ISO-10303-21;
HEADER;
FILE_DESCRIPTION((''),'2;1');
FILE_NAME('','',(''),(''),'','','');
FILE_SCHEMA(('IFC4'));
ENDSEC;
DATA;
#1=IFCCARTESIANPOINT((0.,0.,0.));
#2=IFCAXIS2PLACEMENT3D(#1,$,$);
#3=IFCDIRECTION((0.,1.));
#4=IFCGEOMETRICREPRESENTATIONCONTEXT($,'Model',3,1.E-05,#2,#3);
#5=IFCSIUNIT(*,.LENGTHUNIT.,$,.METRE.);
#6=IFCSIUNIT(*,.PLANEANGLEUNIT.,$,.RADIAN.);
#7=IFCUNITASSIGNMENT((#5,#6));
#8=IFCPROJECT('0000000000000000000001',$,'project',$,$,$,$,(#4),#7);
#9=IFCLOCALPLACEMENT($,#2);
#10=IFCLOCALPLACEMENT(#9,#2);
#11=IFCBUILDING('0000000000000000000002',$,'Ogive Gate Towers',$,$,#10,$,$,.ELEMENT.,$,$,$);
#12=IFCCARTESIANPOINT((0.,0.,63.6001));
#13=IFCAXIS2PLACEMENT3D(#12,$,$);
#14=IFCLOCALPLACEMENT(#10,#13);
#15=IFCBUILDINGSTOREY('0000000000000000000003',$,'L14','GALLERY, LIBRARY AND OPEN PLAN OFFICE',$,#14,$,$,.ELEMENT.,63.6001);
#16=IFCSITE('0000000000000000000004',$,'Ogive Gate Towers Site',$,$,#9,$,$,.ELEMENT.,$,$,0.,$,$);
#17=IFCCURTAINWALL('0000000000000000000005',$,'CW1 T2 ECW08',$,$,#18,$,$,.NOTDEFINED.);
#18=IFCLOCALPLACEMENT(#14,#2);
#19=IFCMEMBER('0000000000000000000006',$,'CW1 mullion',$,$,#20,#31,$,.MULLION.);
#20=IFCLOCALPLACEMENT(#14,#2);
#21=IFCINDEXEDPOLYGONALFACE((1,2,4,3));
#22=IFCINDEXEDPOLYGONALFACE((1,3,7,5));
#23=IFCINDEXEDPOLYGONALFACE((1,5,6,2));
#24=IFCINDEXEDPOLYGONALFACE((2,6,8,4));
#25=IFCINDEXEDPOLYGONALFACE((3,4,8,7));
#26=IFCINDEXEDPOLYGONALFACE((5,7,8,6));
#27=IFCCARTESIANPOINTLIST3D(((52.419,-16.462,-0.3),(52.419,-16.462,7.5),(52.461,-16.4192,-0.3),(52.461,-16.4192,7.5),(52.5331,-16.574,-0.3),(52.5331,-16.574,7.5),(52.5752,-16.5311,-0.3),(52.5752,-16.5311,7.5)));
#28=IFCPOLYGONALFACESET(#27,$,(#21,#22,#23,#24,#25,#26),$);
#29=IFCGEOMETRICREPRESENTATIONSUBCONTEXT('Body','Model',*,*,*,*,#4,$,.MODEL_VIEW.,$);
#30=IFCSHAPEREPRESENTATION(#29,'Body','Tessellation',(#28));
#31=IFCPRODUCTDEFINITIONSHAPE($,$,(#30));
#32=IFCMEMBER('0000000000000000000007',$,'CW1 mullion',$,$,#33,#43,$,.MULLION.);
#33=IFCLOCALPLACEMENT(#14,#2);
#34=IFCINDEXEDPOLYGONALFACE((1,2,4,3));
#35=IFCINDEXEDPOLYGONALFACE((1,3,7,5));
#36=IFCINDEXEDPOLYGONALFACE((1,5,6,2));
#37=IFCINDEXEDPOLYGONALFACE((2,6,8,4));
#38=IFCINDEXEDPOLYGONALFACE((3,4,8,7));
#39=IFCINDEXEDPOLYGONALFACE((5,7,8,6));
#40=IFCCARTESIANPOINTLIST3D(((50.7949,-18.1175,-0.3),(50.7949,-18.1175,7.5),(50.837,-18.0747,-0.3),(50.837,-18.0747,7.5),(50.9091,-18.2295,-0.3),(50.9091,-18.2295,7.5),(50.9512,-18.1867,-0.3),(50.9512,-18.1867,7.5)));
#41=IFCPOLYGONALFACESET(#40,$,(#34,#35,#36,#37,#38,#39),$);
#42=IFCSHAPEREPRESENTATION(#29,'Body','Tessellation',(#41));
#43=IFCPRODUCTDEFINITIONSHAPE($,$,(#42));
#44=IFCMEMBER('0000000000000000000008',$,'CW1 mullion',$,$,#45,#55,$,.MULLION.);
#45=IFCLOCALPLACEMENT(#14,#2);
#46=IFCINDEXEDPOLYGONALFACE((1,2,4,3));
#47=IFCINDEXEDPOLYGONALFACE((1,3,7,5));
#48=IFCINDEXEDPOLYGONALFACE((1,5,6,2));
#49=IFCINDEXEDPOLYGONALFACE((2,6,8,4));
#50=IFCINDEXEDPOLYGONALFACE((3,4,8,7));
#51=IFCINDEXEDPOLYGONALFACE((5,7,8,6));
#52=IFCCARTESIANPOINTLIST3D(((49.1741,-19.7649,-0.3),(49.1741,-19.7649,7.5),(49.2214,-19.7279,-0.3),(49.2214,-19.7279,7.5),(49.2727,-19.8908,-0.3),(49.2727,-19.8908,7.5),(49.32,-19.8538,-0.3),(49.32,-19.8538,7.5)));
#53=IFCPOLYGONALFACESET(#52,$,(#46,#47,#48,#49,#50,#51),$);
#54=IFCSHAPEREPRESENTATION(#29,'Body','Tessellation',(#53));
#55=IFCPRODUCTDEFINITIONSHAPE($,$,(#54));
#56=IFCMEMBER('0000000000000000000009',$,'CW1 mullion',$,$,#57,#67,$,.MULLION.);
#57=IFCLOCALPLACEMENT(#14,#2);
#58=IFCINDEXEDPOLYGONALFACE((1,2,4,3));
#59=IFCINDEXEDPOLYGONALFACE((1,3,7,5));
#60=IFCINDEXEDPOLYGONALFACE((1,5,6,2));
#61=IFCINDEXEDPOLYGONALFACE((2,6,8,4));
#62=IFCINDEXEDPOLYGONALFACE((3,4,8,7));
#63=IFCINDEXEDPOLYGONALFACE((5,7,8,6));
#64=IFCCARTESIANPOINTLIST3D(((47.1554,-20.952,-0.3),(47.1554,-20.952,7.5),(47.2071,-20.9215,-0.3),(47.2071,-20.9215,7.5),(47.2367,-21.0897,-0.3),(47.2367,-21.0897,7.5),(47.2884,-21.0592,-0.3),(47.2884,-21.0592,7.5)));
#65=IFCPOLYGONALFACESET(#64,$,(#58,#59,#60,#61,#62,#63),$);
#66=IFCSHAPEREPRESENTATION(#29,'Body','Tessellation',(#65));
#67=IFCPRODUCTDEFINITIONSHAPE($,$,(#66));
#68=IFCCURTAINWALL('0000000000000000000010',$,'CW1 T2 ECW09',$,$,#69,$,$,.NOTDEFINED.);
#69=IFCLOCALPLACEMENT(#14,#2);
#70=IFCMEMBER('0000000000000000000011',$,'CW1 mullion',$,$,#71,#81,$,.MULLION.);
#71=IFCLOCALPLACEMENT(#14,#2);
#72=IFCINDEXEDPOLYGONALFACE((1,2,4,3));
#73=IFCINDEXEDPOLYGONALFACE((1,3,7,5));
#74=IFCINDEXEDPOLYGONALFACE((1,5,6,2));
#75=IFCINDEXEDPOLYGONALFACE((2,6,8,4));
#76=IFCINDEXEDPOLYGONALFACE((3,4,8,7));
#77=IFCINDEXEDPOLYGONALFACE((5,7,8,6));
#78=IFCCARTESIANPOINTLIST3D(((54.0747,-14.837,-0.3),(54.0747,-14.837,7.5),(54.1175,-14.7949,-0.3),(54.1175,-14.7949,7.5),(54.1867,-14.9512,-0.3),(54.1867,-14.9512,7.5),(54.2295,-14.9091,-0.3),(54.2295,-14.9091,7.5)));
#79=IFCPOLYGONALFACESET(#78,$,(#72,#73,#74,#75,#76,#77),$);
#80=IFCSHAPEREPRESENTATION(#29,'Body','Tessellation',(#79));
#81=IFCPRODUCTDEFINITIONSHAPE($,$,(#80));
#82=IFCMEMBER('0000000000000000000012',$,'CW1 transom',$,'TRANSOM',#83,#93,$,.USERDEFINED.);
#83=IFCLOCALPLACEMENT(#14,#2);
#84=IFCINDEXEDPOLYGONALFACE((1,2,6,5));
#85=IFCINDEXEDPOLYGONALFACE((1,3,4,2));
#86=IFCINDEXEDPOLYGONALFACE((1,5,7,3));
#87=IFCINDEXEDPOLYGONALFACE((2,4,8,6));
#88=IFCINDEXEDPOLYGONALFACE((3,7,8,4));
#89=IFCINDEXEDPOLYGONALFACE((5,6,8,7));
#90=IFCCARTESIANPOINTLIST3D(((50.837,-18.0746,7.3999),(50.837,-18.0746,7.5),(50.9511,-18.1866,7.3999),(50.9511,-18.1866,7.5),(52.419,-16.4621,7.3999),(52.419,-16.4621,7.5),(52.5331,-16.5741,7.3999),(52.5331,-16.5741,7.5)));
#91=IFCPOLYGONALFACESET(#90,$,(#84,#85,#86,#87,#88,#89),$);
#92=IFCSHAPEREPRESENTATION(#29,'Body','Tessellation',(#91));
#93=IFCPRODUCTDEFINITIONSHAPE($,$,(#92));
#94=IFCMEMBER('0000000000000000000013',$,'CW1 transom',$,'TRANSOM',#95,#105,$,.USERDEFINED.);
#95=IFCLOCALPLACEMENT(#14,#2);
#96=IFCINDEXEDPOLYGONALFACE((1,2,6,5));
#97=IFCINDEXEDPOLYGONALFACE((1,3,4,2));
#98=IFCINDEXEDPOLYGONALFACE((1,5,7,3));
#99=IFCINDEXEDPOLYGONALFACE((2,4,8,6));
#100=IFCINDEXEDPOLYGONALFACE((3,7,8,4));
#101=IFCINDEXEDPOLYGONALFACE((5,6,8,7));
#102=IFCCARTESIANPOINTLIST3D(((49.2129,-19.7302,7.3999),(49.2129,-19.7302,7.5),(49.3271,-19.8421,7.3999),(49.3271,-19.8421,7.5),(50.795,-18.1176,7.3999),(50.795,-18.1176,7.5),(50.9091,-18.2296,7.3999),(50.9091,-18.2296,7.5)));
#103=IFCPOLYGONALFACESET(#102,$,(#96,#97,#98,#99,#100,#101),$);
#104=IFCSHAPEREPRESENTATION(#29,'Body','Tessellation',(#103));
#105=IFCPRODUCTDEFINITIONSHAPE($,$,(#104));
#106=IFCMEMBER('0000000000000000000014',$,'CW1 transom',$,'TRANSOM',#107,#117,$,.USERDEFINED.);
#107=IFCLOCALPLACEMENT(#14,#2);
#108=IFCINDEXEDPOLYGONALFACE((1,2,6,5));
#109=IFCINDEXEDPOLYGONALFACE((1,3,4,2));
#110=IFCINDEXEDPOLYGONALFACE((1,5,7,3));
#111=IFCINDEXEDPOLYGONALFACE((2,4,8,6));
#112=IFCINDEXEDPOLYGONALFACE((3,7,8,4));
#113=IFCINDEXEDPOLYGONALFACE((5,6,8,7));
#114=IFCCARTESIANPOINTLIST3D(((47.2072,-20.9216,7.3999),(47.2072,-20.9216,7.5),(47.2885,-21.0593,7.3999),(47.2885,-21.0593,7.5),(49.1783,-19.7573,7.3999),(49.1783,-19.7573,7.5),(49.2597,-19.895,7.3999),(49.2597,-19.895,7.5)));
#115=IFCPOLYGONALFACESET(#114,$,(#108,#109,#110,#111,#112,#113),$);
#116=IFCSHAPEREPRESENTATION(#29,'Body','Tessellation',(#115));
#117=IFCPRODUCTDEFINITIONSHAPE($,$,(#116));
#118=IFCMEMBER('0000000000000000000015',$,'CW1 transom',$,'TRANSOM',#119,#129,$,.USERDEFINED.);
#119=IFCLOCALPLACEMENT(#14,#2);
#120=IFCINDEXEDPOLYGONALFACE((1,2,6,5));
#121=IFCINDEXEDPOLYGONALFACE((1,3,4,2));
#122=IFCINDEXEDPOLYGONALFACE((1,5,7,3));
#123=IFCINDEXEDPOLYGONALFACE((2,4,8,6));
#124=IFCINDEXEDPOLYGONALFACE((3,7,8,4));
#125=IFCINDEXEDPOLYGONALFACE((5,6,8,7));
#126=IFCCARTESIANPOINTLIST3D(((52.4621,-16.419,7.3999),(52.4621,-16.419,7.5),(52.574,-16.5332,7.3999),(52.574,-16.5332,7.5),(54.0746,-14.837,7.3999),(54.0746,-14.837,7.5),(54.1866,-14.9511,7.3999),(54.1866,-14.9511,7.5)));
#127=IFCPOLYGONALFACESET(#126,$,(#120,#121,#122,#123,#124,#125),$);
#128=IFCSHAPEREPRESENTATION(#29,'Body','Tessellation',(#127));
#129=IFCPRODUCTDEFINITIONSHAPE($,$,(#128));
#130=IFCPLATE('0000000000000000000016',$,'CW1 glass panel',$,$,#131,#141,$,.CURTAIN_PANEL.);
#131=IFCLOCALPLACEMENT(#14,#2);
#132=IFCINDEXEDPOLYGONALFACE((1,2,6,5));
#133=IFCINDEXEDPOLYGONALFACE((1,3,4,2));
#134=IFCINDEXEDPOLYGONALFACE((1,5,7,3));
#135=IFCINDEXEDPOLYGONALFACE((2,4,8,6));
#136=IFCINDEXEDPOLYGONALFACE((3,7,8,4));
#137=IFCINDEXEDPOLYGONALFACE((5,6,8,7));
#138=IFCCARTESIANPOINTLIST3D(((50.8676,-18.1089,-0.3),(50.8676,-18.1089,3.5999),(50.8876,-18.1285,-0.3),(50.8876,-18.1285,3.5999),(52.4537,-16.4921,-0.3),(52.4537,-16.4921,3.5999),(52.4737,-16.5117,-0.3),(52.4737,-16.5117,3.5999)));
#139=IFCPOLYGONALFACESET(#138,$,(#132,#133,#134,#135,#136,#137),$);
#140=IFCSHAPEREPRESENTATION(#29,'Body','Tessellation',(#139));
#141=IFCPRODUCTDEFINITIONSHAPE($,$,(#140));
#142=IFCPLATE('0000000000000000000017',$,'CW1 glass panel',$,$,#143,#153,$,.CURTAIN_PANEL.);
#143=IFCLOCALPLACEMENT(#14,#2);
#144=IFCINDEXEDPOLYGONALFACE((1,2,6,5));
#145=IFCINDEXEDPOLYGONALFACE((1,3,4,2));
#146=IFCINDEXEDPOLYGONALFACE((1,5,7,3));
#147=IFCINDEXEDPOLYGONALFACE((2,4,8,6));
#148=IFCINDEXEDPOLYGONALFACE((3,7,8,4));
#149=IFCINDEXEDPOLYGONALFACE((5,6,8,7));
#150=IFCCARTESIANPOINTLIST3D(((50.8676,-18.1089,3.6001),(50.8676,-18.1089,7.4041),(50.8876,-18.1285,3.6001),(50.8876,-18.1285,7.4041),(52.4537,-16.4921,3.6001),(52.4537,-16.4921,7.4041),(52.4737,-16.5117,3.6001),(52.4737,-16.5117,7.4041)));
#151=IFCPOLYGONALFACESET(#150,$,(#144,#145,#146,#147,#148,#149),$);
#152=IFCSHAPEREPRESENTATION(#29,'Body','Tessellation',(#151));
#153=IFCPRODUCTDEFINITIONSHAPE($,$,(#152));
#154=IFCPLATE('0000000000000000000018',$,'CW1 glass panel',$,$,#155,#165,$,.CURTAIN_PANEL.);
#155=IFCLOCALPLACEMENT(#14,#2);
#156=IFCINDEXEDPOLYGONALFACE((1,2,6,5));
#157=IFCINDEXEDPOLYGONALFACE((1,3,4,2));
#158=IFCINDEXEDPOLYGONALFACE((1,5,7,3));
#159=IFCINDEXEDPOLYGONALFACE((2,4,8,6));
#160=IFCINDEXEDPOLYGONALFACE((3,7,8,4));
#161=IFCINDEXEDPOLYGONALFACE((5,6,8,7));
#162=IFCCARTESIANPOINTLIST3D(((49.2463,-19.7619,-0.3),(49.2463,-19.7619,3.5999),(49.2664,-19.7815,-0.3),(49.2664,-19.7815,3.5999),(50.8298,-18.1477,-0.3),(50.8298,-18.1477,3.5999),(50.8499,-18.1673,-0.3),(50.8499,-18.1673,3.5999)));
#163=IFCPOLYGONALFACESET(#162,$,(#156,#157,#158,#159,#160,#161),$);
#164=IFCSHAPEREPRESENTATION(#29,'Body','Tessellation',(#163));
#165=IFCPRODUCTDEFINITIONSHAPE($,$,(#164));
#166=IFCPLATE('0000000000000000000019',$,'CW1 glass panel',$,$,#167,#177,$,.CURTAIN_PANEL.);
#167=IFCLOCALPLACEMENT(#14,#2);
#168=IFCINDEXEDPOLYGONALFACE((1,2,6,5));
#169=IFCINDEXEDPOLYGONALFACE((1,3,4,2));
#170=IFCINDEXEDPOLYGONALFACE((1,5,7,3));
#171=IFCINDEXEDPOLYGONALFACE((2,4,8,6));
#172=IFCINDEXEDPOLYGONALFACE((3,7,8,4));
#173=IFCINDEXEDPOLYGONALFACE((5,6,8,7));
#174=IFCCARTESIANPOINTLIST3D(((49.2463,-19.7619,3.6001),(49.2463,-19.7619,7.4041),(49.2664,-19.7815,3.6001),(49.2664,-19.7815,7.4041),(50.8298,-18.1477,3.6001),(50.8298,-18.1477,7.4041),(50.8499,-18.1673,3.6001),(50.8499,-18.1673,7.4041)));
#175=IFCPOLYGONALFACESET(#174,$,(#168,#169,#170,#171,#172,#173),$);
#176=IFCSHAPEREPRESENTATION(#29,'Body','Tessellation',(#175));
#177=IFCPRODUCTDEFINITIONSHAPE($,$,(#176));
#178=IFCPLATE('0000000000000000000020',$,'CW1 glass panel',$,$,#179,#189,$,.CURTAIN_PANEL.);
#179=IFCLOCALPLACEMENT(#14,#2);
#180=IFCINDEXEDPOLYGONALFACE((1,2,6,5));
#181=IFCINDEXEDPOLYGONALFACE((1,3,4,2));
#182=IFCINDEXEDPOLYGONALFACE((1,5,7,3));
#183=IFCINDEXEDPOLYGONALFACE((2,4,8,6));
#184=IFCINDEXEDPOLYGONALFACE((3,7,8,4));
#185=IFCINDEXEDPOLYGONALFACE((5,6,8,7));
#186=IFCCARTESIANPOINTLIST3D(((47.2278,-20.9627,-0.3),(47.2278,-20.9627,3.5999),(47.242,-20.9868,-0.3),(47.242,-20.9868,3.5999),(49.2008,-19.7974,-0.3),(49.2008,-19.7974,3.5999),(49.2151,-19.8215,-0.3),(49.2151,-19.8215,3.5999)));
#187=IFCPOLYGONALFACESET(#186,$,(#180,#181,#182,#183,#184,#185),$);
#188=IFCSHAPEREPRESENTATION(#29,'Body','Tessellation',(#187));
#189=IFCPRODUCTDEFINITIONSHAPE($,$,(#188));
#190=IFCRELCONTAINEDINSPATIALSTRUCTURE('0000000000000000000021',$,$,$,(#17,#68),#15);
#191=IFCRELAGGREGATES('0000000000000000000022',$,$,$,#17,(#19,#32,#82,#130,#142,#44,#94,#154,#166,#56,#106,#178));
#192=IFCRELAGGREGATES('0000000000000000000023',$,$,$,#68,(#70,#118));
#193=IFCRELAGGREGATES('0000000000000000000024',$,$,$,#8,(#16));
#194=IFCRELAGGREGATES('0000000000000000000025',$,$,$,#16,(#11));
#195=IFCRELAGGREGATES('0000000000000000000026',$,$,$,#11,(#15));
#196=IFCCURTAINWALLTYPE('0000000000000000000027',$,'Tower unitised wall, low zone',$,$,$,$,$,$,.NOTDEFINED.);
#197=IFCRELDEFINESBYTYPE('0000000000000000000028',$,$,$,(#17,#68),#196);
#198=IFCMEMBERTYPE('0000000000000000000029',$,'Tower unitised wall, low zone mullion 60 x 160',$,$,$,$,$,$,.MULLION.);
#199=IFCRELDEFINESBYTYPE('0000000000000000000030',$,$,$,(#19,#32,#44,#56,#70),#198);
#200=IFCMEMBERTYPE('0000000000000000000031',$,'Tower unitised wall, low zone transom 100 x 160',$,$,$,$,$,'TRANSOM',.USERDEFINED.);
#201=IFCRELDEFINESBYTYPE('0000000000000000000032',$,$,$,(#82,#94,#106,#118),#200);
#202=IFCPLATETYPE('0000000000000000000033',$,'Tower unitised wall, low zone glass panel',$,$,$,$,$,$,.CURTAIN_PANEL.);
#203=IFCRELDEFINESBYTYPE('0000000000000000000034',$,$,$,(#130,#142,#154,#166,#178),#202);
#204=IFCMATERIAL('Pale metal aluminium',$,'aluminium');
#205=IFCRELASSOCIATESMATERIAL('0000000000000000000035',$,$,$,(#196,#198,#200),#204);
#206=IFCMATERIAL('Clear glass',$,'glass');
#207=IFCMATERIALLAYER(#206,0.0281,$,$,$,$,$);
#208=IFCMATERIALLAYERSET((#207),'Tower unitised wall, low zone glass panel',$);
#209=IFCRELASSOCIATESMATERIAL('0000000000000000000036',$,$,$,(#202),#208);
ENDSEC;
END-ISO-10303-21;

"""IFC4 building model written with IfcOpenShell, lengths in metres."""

from ifc_helpers import new_model, si_unit, direction, frame, origin, origin_2d, place, context, subcontext, project, spatial, rectangle, extrude, material, layer, layer_set, material_profile, profile_set, type_object, element, aggregate, save


model = new_model("IFC4")

# Units and contexts
model_context = context("Model", 3, precision=1e-05, world=origin(), true_north=direction((0.0, 1.0)))
body_context = subcontext(model_context, "Body", "Model", "MODEL_VIEW")
ifc_project = project(units=[si_unit("LENGTHUNIT", "METRE"), si_unit("PLANEANGLEUNIT", "RADIAN")], contexts=[model_context])

# Site, building, storey
site_placement = place(None, origin())
site = spatial("IfcSite", under=ifc_project, at=site_placement, Name="Ogive Gate Towers Site", CompositionType="ELEMENT", RefElevation=0.0)
building_placement = place(site_placement, origin())
building = spatial("IfcBuilding", under=site, at=building_placement, Name="Ogive Gate Towers", CompositionType="ELEMENT")
storey_placement = place(building_placement, frame((0.0, 0.0, 63.6001)))
storey = spatial("IfcBuildingStorey", under=building, at=storey_placement, Name="L14", Description="GALLERY, LIBRARY AND OPEN PLAN OFFICE", CompositionType="ELEMENT", Elevation=63.6001)

# Curtain wall, members
ifc_material_1 = material(Name="Pale metal aluminium", Category="aluminium")
curtain_wall_type = type_object("IfcCurtainWallType", Name="Tower unitised wall, low zone", PredefinedType="NOTDEFINED", material=ifc_material_1)
curtain_wall_1_placement = place(storey_placement, origin())
curtain_wall_1 = element("IfcCurtainWall", 1, at=curtain_wall_1_placement, inside=storey, type_object=curtain_wall_type, Name="CW1 T2 ECW08", PredefinedType="NOTDEFINED")
ifc_material_profile_1 = material_profile(ifc_material_1, rectangle(XDim=0.1599, YDim=0.0601, at=origin_2d()), Name="60 x 160 aluminium box")
ifc_profile_set_1 = profile_set([ifc_material_profile_1], Name="Pale metal aluminium")
member_type_1 = type_object("IfcMemberType", Name="Tower unitised wall, low zone mullion 60 x 160", PredefinedType="MULLION", material=ifc_profile_set_1)
member_1_placement = place(storey_placement, frame((52.4971, -16.4966, -0.3), z_axis=(0.0, 0.0, 1.0), x_axis=(-0.71385, 0.700299, 0.0)))
member_1 = element("IfcMember", 2, at=member_1_placement, type_object=member_type_1, Name="CW1 mullion", PredefinedType="MULLION", context=body_context, shape_type="SweptSolid", body=[
    extrude(rectangle(XDim=0.1599, YDim=0.0601, at=origin_2d()), origin(), (0.0, 0.0, 1.0), 7.8),
])
member_2_placement = place(storey_placement, frame((50.873, -18.1521, -0.3), z_axis=(0.0, 0.0, 1.0), x_axis=(-0.71385, 0.700299, 0.0)))
member_2 = element("IfcMember", 3, at=member_2_placement, type_object=member_type_1, Name="CW1 mullion", PredefinedType="MULLION", context=body_context, shape_type="SweptSolid", body=[
    extrude(rectangle(XDim=0.1599, YDim=0.0601, at=origin_2d()), origin(), (0.0, 0.0, 1.0), 7.8),
])
member_3_placement = place(storey_placement, frame((49.2471, -19.8093, -0.3), z_axis=(0.0, 0.0, 1.0), x_axis=(-0.616459, 0.787387, 0.0)))
member_3 = element("IfcMember", 4, at=member_3_placement, type_object=member_type_1, Name="CW1 mullion", PredefinedType="MULLION", context=body_context, shape_type="SweptSolid", body=[
    extrude(rectangle(XDim=0.1599, YDim=0.0601, at=origin_2d()), origin(), (0.0, 0.0, 1.0), 7.8),
])
member_4_placement = place(storey_placement, frame((47.2219, -21.0056, -0.3), z_axis=(0.0, 0.0, 1.0), x_axis=(-0.508546, 0.861035, 0.0)))
member_4 = element("IfcMember", 5, at=member_4_placement, type_object=member_type_1, Name="CW1 mullion", PredefinedType="MULLION", context=body_context, shape_type="SweptSolid", body=[
    extrude(rectangle(XDim=0.1599, YDim=0.0601, at=origin_2d()), origin(), (0.0, 0.0, 1.0), 7.8),
])

# Curtain wall, member
curtain_wall_2_placement = place(storey_placement, origin())
curtain_wall_2 = element("IfcCurtainWall", 6, at=curtain_wall_2_placement, inside=storey, type_object=curtain_wall_type, Name="CW1 T2 ECW09", PredefinedType="NOTDEFINED")
member_5_placement = place(storey_placement, frame((54.1521, -14.873, -0.3), z_axis=(0.0, 0.0, 1.0), x_axis=(-0.700299, 0.71385, 0.0)))
member_5 = element("IfcMember", 7, at=member_5_placement, type_object=member_type_1, Name="CW1 mullion", PredefinedType="MULLION", context=body_context, shape_type="SweptSolid", body=[
    extrude(rectangle(XDim=0.1599, YDim=0.0601, at=origin_2d()), origin(), (0.0, 0.0, 1.0), 7.8),
])

# Members
ifc_material_profile_2 = material_profile(ifc_material_1, rectangle(XDim=0.1599, YDim=0.1001, at=origin_2d()), Name="100 x 160 aluminium box")
ifc_profile_set_2 = profile_set([ifc_material_profile_2], Name="Pale metal aluminium")
member_type_2 = type_object("IfcMemberType", Name="Tower unitised wall, low zone transom 100 x 160", ElementType="TRANSOM", PredefinedType="USERDEFINED", material=ifc_profile_set_2)
member_6_placement = place(storey_placement, frame((52.4761, -16.5181, 7.45), z_axis=(-0.70032, -0.713829, 0.0), x_axis=(0.713829, -0.70032, 0.0)))
member_6 = element("IfcMember", 8, at=member_6_placement, type_object=member_type_2, Name="CW1 transom", ObjectType="TRANSOM", PredefinedType="USERDEFINED", context=body_context, shape_type="SweptSolid", body=[
    extrude(rectangle(XDim=0.1599, YDim=0.1001, at=origin_2d()), origin(), (0.0, 0.0, 1.0), 2.259),
])
member_7_placement = place(storey_placement, frame((50.8521, -18.1736, 7.45), z_axis=(-0.70032, -0.713829, 0.0), x_axis=(0.713829, -0.70032, 0.0)))
member_7 = element("IfcMember", 9, at=member_7_placement, type_object=member_type_2, Name="CW1 transom", ObjectType="TRANSOM", PredefinedType="USERDEFINED", context=body_context, shape_type="SweptSolid", body=[
    extrude(rectangle(XDim=0.1599, YDim=0.1001, at=origin_2d()), origin(), (0.0, 0.0, 1.0), 2.259),
])
member_8_placement = place(storey_placement, frame((49.219, -19.8262, 7.45), z_axis=(-0.86102, -0.508571, 0.0), x_axis=(0.508571, -0.86102, 0.0)))
member_8 = element("IfcMember", 10, at=member_8_placement, type_object=member_type_2, Name="CW1 transom", ObjectType="TRANSOM", PredefinedType="USERDEFINED", context=body_context, shape_type="SweptSolid", body=[
    extrude(rectangle(XDim=0.1599, YDim=0.1001, at=origin_2d()), origin(), (0.0, 0.0, 1.0), 2.2893),
])
member_9_placement = place(storey_placement, frame((54.1306, -14.894, 7.45), z_axis=(-0.713829, -0.70032, 0.0), x_axis=(0.70032, -0.713829, 0.0)))
member_9 = element("IfcMember", 11, at=member_9_placement, type_object=member_type_2, Name="CW1 transom", ObjectType="TRANSOM", PredefinedType="USERDEFINED", context=body_context, shape_type="SweptSolid", body=[
    extrude(rectangle(XDim=0.1599, YDim=0.1001, at=origin_2d()), origin(), (0.0, 0.0, 1.0), 2.259),
])

# Plates
ifc_material_2 = material(Name="Clear glass", Category="glass")
ifc_layer_1 = layer(ifc_material_2, 0.0281)
ifc_layer_set_1 = layer_set([ifc_layer_1], Name="Tower unitised wall, low zone glass panel")
plate_type = type_object("IfcPlateType", Name="Tower unitised wall, low zone glass panel", PredefinedType="CURTAIN_PANEL", material=ifc_layer_set_1)
plate_1_placement = place(storey_placement, frame((51.6707, -17.3103, -0.3), z_axis=(0.0, 0.0, 1.0), x_axis=(-0.700299, -0.71385, 0.0)))
plate_1 = element("IfcPlate", 12, at=plate_1_placement, type_object=plate_type, Name="CW1 glass panel", PredefinedType="CURTAIN_PANEL", context=body_context, shape_type="SweptSolid", body=[
    extrude(rectangle(XDim=2.2649, YDim=0.0281, at=origin_2d()), origin(), (0.0, 0.0, 1.0), 3.8999),
])
plate_2_placement = place(storey_placement, frame((51.6707, -17.3103, 3.6001), z_axis=(0.0, 0.0, 1.0), x_axis=(-0.700299, -0.71385, 0.0)))
plate_2 = element("IfcPlate", 13, at=plate_2_placement, type_object=plate_type, Name="CW1 glass panel", PredefinedType="CURTAIN_PANEL", context=body_context, shape_type="SweptSolid", body=[
    extrude(rectangle(XDim=2.2649, YDim=0.0281, at=origin_2d()), origin(), (0.0, 0.0, 1.0), 3.804),
])
plate_3_placement = place(storey_placement, frame((50.0481, -18.9646, -0.3), z_axis=(0.0, 0.0, 1.0), x_axis=(-0.700287, -0.713862, 0.0)))
plate_3 = element("IfcPlate", 14, at=plate_3_placement, type_object=plate_type, Name="CW1 glass panel", PredefinedType="CURTAIN_PANEL", context=body_context, shape_type="SweptSolid", body=[
    extrude(rectangle(XDim=2.2612, YDim=0.0281, at=origin_2d()), origin(), (0.0, 0.0, 1.0), 3.8999),
])
plate_4_placement = place(storey_placement, frame((50.0481, -18.9646, 3.6001), z_axis=(0.0, 0.0, 1.0), x_axis=(-0.700287, -0.713862, 0.0)))
plate_4 = element("IfcPlate", 15, at=plate_4_placement, type_object=plate_type, Name="CW1 glass panel", PredefinedType="CURTAIN_PANEL", context=body_context, shape_type="SweptSolid", body=[
    extrude(rectangle(XDim=2.2612, YDim=0.0281, at=origin_2d()), origin(), (0.0, 0.0, 1.0), 3.804),
])
plate_5_placement = place(storey_placement, frame((48.2214, -20.3921, -0.3), z_axis=(0.0, 0.0, 1.0), x_axis=(-0.861044, -0.508531, 0.0)))
plate_5 = element("IfcPlate", 16, at=plate_5_placement, type_object=plate_type, Name="CW1 glass panel", PredefinedType="CURTAIN_PANEL", context=body_context, shape_type="SweptSolid", body=[
    extrude(rectangle(XDim=2.2915, YDim=0.0281, at=origin_2d()), origin(), (0.0, 0.0, 1.0), 3.8999),
])
aggregate(curtain_wall_1, [member_1, member_2, member_6, plate_1, plate_2, member_3, member_7, plate_3, plate_4, member_4, member_8, plate_5])
aggregate(curtain_wall_2, [member_5, member_9])

save(model, "model.ifc")
